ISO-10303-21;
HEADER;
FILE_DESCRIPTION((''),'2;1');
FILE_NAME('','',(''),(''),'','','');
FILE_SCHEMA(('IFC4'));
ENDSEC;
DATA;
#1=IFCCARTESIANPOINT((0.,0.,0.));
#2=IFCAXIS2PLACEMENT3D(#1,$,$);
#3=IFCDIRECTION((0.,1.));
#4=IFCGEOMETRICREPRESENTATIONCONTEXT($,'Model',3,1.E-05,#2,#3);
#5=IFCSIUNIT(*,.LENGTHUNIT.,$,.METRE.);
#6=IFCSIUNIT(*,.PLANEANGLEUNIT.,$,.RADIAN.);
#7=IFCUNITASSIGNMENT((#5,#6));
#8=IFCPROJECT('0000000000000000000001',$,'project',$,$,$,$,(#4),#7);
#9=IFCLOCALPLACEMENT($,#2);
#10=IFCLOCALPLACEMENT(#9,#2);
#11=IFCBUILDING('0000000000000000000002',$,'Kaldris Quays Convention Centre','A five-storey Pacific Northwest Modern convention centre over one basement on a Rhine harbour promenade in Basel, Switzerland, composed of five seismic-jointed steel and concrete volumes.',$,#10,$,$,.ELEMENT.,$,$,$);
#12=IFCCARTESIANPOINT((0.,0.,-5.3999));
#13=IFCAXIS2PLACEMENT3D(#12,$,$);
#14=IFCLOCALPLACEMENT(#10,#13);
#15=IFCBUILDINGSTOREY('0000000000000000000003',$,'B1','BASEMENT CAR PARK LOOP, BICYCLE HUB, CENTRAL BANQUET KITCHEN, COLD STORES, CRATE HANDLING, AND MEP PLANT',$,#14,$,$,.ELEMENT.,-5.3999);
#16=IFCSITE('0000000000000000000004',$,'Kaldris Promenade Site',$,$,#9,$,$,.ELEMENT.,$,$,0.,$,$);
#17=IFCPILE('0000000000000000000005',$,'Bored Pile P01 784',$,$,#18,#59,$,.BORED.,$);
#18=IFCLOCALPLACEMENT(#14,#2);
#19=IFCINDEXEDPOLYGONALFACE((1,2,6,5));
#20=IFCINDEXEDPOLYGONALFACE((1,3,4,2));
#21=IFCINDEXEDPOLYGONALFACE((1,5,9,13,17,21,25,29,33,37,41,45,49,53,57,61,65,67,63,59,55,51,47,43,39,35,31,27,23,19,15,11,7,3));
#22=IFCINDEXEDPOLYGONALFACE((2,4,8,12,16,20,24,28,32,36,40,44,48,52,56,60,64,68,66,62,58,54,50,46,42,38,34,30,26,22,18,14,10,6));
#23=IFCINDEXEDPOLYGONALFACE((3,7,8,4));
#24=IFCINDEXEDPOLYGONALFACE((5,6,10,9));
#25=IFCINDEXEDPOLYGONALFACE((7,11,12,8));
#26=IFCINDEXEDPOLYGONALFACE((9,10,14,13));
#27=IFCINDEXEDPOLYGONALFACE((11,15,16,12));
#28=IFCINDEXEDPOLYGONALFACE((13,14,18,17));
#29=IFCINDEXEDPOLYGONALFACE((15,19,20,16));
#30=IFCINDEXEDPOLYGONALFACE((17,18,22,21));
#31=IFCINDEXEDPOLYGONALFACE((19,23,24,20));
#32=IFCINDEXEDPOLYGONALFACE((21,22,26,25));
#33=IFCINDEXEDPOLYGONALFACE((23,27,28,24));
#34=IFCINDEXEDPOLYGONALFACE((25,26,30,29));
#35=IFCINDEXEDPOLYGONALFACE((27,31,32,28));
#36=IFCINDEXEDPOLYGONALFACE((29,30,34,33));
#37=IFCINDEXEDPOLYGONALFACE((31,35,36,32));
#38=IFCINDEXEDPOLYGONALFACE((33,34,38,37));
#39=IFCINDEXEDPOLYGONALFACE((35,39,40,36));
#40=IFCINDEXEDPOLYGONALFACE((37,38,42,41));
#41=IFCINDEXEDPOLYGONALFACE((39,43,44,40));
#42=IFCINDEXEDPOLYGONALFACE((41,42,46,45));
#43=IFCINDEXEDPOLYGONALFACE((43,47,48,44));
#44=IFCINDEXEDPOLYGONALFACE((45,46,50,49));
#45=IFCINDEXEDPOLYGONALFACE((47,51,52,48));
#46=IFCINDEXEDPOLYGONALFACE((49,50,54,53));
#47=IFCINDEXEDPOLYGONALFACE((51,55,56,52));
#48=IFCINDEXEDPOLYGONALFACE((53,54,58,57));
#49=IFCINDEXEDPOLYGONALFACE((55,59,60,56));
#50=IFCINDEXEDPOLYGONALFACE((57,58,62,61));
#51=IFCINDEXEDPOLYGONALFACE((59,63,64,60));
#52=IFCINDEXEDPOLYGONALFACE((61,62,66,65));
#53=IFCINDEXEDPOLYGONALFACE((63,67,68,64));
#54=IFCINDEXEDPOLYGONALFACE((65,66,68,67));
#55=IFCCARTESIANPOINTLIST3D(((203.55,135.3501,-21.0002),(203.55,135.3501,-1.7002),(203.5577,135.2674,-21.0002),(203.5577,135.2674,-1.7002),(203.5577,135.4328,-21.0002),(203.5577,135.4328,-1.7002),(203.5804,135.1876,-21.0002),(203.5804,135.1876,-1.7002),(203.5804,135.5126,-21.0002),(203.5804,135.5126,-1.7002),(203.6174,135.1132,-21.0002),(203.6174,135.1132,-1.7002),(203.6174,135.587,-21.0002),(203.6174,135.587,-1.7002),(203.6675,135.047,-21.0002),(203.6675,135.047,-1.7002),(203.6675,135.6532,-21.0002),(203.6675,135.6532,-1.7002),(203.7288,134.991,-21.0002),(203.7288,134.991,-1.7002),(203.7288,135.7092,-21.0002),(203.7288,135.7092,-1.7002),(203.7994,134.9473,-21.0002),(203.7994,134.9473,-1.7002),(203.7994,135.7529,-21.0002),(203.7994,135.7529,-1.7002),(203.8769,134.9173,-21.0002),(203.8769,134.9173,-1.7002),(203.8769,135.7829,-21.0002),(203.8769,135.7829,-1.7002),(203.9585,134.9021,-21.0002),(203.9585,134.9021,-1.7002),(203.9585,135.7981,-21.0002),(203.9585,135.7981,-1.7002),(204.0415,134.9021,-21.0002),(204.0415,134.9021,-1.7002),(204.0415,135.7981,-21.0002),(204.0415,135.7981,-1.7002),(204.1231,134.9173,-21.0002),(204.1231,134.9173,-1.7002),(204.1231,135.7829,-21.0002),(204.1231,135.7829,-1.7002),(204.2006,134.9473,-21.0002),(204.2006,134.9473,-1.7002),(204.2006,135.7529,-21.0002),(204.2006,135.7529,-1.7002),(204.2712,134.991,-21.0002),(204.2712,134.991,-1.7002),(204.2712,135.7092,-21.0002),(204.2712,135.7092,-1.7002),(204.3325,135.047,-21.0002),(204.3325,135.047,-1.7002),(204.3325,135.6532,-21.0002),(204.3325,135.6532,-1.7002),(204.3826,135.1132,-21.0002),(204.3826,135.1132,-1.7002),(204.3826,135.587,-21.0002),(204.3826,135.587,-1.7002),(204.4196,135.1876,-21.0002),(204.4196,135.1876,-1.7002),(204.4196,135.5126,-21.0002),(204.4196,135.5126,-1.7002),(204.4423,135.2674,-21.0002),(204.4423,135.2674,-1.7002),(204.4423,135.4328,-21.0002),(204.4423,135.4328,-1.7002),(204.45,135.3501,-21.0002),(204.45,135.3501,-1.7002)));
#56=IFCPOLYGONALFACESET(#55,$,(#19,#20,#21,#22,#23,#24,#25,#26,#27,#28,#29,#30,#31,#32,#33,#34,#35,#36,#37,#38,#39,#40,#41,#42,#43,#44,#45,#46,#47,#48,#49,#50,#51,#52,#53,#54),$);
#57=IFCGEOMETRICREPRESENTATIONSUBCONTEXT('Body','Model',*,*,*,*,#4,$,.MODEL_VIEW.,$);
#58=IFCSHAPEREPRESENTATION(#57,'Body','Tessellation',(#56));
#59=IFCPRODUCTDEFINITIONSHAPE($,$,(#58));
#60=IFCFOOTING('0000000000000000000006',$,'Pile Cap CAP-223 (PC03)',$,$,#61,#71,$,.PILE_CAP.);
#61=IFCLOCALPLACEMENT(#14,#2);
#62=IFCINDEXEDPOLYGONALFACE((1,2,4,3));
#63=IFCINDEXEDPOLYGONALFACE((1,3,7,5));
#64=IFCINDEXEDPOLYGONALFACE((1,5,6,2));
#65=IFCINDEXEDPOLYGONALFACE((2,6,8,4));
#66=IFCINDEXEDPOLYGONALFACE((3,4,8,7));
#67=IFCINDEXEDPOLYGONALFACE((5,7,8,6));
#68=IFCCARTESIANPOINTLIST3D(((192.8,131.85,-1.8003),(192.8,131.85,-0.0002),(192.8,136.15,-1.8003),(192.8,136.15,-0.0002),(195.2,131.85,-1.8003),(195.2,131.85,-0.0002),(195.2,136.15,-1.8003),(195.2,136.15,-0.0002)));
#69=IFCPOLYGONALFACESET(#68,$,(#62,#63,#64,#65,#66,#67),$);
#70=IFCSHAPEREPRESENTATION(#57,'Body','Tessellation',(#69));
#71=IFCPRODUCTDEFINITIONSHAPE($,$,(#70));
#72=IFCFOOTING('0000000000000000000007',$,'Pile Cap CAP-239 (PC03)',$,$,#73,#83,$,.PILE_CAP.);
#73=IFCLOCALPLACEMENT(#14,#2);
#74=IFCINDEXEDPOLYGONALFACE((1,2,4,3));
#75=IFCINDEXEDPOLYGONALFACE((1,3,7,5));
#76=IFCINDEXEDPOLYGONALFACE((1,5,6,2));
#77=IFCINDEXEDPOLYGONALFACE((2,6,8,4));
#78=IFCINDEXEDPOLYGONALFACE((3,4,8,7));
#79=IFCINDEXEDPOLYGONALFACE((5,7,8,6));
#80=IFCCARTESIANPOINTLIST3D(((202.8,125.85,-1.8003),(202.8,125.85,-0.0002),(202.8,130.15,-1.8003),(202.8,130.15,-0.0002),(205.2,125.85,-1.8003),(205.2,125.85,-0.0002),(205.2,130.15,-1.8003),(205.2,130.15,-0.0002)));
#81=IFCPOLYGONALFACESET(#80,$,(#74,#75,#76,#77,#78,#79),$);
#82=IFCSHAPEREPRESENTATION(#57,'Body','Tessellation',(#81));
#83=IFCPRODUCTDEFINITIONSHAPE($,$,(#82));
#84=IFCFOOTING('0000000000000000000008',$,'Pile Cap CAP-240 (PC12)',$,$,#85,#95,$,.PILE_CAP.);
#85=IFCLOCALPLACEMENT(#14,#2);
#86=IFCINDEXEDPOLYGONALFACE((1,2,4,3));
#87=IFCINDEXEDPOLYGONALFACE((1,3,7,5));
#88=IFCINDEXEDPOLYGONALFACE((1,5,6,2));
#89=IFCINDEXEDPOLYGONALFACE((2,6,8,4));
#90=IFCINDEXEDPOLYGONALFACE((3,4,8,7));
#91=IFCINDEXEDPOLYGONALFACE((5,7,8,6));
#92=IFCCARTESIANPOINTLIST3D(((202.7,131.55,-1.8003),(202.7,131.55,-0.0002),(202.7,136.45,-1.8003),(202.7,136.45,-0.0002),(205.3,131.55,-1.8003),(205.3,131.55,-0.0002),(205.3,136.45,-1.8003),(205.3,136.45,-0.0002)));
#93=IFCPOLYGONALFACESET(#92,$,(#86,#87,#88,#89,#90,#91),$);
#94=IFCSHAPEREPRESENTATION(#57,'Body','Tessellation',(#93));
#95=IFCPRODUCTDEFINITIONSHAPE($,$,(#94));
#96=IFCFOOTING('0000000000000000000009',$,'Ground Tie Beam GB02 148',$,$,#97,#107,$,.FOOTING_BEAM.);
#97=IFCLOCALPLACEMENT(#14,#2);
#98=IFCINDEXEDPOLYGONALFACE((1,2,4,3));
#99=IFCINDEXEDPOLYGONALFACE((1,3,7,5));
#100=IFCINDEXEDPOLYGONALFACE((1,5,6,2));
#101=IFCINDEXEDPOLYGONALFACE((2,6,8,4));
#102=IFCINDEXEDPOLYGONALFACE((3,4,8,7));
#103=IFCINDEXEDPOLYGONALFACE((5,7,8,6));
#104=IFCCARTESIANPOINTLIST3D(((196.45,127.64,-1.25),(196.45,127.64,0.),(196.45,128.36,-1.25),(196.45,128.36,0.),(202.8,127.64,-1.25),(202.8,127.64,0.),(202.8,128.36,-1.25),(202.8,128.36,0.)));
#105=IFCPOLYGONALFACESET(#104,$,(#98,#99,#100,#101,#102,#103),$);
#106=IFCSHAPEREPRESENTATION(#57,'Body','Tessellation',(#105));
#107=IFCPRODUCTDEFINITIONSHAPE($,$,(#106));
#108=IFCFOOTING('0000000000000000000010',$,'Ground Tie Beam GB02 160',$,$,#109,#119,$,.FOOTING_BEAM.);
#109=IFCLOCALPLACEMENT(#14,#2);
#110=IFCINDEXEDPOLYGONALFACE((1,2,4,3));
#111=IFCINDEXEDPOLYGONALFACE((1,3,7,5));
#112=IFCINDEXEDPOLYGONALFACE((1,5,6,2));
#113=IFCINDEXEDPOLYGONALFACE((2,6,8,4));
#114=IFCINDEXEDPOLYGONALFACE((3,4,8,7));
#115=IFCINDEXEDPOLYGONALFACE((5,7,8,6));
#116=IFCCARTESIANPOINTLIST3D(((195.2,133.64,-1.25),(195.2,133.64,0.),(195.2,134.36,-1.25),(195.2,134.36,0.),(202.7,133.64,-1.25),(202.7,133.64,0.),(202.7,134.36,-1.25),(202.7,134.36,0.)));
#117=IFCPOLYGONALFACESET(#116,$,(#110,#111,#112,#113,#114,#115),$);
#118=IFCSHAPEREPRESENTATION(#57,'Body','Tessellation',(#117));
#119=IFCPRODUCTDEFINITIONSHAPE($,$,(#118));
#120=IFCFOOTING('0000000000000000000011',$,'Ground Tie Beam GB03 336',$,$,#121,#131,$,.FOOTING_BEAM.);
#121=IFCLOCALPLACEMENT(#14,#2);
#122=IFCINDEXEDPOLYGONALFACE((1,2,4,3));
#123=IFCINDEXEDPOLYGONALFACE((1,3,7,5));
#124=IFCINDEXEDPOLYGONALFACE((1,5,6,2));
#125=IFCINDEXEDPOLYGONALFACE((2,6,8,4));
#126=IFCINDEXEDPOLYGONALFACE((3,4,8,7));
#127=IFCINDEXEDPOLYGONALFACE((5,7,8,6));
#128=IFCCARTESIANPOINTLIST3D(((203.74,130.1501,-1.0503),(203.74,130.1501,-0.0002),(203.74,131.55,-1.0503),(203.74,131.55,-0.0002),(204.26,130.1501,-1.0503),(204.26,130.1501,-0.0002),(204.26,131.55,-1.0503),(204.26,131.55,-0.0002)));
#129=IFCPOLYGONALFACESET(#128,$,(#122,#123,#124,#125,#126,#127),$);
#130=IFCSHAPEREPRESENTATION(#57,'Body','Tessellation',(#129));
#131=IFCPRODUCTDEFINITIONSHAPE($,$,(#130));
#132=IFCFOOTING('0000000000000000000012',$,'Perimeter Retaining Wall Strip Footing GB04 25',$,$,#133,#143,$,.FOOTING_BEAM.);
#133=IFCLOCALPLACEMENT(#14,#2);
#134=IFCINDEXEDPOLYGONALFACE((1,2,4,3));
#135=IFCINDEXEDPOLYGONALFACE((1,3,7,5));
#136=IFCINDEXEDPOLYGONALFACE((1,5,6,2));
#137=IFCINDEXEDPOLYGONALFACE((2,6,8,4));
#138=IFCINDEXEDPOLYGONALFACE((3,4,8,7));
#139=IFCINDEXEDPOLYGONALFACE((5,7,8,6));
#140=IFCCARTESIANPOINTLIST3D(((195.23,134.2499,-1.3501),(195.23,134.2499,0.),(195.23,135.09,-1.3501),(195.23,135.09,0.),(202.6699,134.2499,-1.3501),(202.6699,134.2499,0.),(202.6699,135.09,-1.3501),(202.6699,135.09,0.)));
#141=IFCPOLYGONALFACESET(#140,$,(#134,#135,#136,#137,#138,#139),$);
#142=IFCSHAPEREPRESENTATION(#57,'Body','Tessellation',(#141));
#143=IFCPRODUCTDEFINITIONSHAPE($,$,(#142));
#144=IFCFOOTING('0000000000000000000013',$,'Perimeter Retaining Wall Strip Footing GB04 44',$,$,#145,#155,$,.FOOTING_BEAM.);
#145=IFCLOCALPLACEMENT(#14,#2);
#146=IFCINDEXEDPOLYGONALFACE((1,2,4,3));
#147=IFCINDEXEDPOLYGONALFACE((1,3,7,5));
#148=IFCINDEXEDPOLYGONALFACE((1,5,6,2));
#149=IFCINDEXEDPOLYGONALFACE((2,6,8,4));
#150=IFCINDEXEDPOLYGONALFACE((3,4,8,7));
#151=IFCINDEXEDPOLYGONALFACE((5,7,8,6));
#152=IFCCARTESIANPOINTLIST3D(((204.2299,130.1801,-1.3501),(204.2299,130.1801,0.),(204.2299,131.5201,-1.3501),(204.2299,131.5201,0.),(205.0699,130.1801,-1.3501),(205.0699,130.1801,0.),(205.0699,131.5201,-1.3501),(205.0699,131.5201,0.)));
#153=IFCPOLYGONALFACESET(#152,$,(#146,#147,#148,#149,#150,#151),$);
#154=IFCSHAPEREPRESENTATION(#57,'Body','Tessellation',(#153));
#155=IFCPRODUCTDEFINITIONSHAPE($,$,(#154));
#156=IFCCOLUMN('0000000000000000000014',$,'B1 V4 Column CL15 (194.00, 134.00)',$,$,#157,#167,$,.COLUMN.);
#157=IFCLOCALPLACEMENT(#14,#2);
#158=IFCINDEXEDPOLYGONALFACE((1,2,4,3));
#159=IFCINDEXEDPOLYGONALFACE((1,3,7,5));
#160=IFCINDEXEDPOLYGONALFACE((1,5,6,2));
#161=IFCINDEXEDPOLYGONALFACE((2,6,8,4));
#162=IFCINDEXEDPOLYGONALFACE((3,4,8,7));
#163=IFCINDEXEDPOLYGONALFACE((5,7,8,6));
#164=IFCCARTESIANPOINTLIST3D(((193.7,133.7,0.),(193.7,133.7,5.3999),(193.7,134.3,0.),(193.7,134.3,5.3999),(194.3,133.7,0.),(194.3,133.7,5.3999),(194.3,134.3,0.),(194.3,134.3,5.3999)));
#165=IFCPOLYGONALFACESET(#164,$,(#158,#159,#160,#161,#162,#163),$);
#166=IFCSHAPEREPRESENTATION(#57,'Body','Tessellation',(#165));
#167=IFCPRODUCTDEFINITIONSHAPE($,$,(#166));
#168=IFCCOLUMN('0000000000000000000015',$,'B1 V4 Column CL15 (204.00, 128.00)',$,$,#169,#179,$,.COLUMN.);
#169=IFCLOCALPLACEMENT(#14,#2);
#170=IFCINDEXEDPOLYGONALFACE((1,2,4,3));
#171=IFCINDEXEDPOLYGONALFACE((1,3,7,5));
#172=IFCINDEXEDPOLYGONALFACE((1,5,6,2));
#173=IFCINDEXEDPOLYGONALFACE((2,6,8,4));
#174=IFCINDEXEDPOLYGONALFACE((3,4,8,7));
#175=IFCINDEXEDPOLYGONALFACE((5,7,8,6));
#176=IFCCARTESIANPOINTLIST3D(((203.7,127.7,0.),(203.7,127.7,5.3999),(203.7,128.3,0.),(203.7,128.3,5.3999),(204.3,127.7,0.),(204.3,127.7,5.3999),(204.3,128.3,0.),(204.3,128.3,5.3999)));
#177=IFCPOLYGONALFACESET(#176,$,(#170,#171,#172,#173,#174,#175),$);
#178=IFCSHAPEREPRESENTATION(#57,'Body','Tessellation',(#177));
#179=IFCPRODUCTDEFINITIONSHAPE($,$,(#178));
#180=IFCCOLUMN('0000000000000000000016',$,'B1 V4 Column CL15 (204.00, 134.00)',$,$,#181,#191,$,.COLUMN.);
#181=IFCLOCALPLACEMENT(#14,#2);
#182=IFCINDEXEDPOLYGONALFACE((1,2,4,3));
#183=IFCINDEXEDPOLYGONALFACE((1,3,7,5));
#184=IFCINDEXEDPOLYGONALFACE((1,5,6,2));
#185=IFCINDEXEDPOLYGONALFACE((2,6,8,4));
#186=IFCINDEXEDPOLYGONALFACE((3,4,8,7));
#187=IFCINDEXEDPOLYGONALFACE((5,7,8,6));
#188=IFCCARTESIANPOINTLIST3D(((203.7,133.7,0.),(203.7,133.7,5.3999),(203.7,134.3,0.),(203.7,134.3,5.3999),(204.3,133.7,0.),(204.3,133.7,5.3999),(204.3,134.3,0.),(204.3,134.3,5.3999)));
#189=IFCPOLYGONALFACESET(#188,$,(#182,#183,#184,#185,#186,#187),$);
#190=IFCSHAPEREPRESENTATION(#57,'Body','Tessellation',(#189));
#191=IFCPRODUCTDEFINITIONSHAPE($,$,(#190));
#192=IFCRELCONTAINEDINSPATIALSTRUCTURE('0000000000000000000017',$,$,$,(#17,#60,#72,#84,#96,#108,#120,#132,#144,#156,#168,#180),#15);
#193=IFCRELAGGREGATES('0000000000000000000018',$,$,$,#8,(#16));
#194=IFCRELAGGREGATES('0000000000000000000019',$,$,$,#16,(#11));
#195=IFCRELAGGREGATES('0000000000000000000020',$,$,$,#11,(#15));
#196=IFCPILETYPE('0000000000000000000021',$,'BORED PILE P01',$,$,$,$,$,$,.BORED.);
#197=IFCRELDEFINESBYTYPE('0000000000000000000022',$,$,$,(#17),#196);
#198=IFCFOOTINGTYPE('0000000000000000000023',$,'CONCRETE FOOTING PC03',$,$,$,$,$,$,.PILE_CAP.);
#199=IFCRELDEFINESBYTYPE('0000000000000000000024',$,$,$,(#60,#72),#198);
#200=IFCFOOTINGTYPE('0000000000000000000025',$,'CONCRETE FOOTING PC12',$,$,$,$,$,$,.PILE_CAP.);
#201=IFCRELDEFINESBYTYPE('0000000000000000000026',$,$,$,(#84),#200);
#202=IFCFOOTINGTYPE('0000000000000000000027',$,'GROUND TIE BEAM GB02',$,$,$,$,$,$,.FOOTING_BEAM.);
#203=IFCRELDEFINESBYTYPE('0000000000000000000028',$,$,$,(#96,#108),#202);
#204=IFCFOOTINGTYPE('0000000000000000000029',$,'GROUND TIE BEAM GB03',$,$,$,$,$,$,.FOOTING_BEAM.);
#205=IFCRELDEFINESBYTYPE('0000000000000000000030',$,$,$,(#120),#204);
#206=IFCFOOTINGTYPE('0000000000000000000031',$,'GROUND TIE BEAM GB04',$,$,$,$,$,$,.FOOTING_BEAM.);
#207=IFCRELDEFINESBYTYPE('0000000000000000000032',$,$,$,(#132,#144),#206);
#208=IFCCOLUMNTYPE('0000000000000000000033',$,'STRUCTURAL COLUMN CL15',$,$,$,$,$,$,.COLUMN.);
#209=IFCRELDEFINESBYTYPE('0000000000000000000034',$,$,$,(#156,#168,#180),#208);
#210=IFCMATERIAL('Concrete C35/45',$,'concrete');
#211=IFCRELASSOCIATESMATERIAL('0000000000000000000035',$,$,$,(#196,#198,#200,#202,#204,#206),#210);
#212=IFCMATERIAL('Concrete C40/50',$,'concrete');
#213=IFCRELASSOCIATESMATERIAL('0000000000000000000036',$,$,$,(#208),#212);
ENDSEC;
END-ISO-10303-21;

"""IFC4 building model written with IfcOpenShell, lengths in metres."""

from ifc_helpers import new_model, si_unit, direction, frame, origin, origin_2d, place, context, subcontext, project, spatial, rectangle, circle, extrude, material, material_profile, profile_set, type_object, element, save


model = new_model("IFC4")

# Units and contexts
model_context = context("Model", 3, precision=1e-05, world=origin(), true_north=direction((0.0, 1.0)))
body_context = subcontext(model_context, "Body", "Model", "MODEL_VIEW")
ifc_project = project(units=[si_unit("LENGTHUNIT", "METRE"), si_unit("PLANEANGLEUNIT", "RADIAN")], contexts=[model_context])

# Site, building, storey
site_placement = place(None, origin())
site = spatial("IfcSite", under=ifc_project, at=site_placement, Name="Kaldris Promenade Site", CompositionType="ELEMENT", RefElevation=0.0)
building_placement = place(site_placement, origin())
building = spatial("IfcBuilding", under=site, at=building_placement, Name="Kaldris Quays Convention Centre", Description="A five-storey Pacific Northwest Modern convention centre over one basement on a Rhine harbour promenade in Basel, Switzerland, composed of five seismic-jointed steel and concrete volumes.", CompositionType="ELEMENT")
storey_placement = place(building_placement, frame((0.0, 0.0, -5.3999)))
storey = spatial("IfcBuildingStorey", under=building, at=storey_placement, Name="B1", Description="BASEMENT CAR PARK LOOP, BICYCLE HUB, CENTRAL BANQUET KITCHEN, COLD STORES, CRATE HANDLING, AND MEP PLANT", CompositionType="ELEMENT", Elevation=-5.3999)

# Pile
ifc_material_1 = material(Name="Concrete C35/45", Category="concrete")
ifc_material_profile_1 = material_profile(ifc_material_1, circle(Radius=0.45, at=origin_2d()), Name="BORED PILE D900")
ifc_profile_set_1 = profile_set([ifc_material_profile_1], Name="Concrete C35/45")
pile_type = type_object("IfcPileType", Name="BORED PILE P01", PredefinedType="BORED", material=ifc_profile_set_1)
for number, where, z_axis, x_axis, name in (
    (1, (204.0, 135.3501, -1.7002), (0.0, 0.0, -1.0), (1.0, 0.0, 0.0), "Bored Pile P01 784"),
):
    element("IfcPile", number, at=place(storey_placement, frame(where, z_axis=z_axis, x_axis=x_axis)), inside=storey, type_object=pile_type, Name=name, PredefinedType="BORED", context=body_context, shape_type="SweptSolid", body=[
        extrude(circle(Radius=0.45, at=origin_2d()), origin(), (0.0, 0.0, 1.0), 19.3),
    ])

# Footings
footing_type_1 = type_object("IfcFootingType", Name="CONCRETE FOOTING PC03", PredefinedType="PILE_CAP", material=ifc_material_1)
for number, where, z_axis, x_axis, name in (
    (2, (194.0, 134.0, -1.8003), (0.0, 0.0, 1.0), (1.0, 0.0, 0.0), "Pile Cap CAP-223 (PC03)"),
    (3, (204.0, 128.0, -1.8003), (0.0, 0.0, 1.0), (1.0, 0.0, 0.0), "Pile Cap CAP-239 (PC03)"),
):
    element("IfcFooting", number, at=place(storey_placement, frame(where, z_axis=z_axis, x_axis=x_axis)), inside=storey, type_object=footing_type_1, Name=name, PredefinedType="PILE_CAP", context=body_context, shape_type="SweptSolid", body=[
        extrude(rectangle(XDim=2.3999, YDim=4.3, at=origin_2d()), origin(), (0.0, 0.0, 1.0), 1.8),
    ])
footing_type_2 = type_object("IfcFootingType", Name="CONCRETE FOOTING PC12", PredefinedType="PILE_CAP", material=ifc_material_1)
footing_1_placement = place(storey_placement, frame((204.0, 134.0, -1.8003), z_axis=(0.0, 0.0, 1.0), x_axis=(1.0, 0.0, 0.0)))
element("IfcFooting", 4, at=footing_1_placement, inside=storey, type_object=footing_type_2, Name="Pile Cap CAP-240 (PC12)", PredefinedType="PILE_CAP", context=body_context, shape_type="SweptSolid", body=[
    extrude(rectangle(XDim=2.6001, YDim=4.8999, at=origin_2d()), origin(), (0.0, 0.0, 1.0), 1.8),
])
footing_type_3 = type_object("IfcFootingType", Name="GROUND TIE BEAM GB02", PredefinedType="FOOTING_BEAM", material=ifc_material_1)
footing_2_placement = place(storey_placement, frame((199.625, 128.0, -1.25), z_axis=(0.0, 0.0, 1.0), x_axis=(1.0, 0.0, 0.0)))
element("IfcFooting", 5, at=footing_2_placement, inside=storey, type_object=footing_type_3, Name="Ground Tie Beam GB02 148", PredefinedType="FOOTING_BEAM", context=body_context, shape_type="SweptSolid", body=[
    extrude(rectangle(XDim=6.3501, YDim=0.72, at=origin_2d()), origin(), (0.0, 0.0, 1.0), 1.25),
])
footing_3_placement = place(storey_placement, frame((198.95, 134.0, -1.25), z_axis=(0.0, 0.0, 1.0), x_axis=(1.0, 0.0, 0.0)))
element("IfcFooting", 6, at=footing_3_placement, inside=storey, type_object=footing_type_3, Name="Ground Tie Beam GB02 160", PredefinedType="FOOTING_BEAM", context=body_context, shape_type="SweptSolid", body=[
    extrude(rectangle(XDim=7.5, YDim=0.72, at=origin_2d()), origin(), (0.0, 0.0, 1.0), 1.25),
])
footing_type_4 = type_object("IfcFootingType", Name="GROUND TIE BEAM GB03", PredefinedType="FOOTING_BEAM", material=ifc_material_1)
footing_4_placement = place(storey_placement, frame((204.0, 130.8501, -1.0503), z_axis=(0.0, 0.0, 1.0), x_axis=(1.0, 0.0, 0.0)))
element("IfcFooting", 7, at=footing_4_placement, inside=storey, type_object=footing_type_4, Name="Ground Tie Beam GB03 336", PredefinedType="FOOTING_BEAM", context=body_context, shape_type="SweptSolid", body=[
    extrude(rectangle(XDim=0.52, YDim=1.3999, at=origin_2d()), origin(), (0.0, 0.0, 1.0), 1.05),
])
footing_type_5 = type_object("IfcFootingType", Name="GROUND TIE BEAM GB04", PredefinedType="FOOTING_BEAM", material=ifc_material_1)
footing_5_placement = place(storey_placement, frame((198.95, 134.6699, -1.3501), z_axis=(0.0, 0.0, 1.0), x_axis=(1.0, 0.0, 0.0)))
element("IfcFooting", 8, at=footing_5_placement, inside=storey, type_object=footing_type_5, Name="Perimeter Retaining Wall Strip Footing GB04 25", PredefinedType="FOOTING_BEAM", context=body_context, shape_type="SweptSolid", body=[
    extrude(rectangle(XDim=7.4399, YDim=0.8401, at=origin_2d()), origin(), (0.0, 0.0, 1.0), 1.3501),
])
footing_6_placement = place(storey_placement, frame((204.6499, 130.8501, -1.3501), z_axis=(0.0, 0.0, 1.0), x_axis=(1.0, 0.0, 0.0)))
element("IfcFooting", 9, at=footing_6_placement, inside=storey, type_object=footing_type_5, Name="Perimeter Retaining Wall Strip Footing GB04 44", PredefinedType="FOOTING_BEAM", context=body_context, shape_type="SweptSolid", body=[
    extrude(rectangle(XDim=0.8401, YDim=1.3401, at=origin_2d()), origin(), (0.0, 0.0, 1.0), 1.3501),
])

# Columns
ifc_material_2 = material(Name="Concrete C40/50", Category="concrete")
ifc_material_profile_2 = material_profile(ifc_material_2, rectangle(XDim=0.6001, YDim=0.6001, at=origin_2d()), Name="RC 600x600")
ifc_profile_set_2 = profile_set([ifc_material_profile_2], Name="Concrete C40/50")
column_type = type_object("IfcColumnType", Name="STRUCTURAL COLUMN CL15", PredefinedType="COLUMN", material=ifc_profile_set_2)
for number, where, z_axis, x_axis, name in (
    (10, (194.0, 134.0, 0.0), (0.0, 0.0, 1.0), (1.0, 0.0, 0.0), "B1 V4 Column CL15 (194.00, 134.00)"),
    (11, (204.0, 128.0, 0.0), (0.0, 0.0, 1.0), (1.0, 0.0, 0.0), "B1 V4 Column CL15 (204.00, 128.00)"),
    (12, (204.0, 134.0, 0.0), (0.0, 0.0, 1.0), (1.0, 0.0, 0.0), "B1 V4 Column CL15 (204.00, 134.00)"),
):
    element("IfcColumn", number, at=place(storey_placement, frame(where, z_axis=z_axis, x_axis=x_axis)), inside=storey, type_object=column_type, Name=name, PredefinedType="COLUMN", context=body_context, shape_type="SweptSolid", body=[
        extrude(rectangle(XDim=0.6001, YDim=0.6001, at=origin_2d()), origin(), (0.0, 0.0, 1.0), 5.3999),
    ])

save(model, "model.ifc")
